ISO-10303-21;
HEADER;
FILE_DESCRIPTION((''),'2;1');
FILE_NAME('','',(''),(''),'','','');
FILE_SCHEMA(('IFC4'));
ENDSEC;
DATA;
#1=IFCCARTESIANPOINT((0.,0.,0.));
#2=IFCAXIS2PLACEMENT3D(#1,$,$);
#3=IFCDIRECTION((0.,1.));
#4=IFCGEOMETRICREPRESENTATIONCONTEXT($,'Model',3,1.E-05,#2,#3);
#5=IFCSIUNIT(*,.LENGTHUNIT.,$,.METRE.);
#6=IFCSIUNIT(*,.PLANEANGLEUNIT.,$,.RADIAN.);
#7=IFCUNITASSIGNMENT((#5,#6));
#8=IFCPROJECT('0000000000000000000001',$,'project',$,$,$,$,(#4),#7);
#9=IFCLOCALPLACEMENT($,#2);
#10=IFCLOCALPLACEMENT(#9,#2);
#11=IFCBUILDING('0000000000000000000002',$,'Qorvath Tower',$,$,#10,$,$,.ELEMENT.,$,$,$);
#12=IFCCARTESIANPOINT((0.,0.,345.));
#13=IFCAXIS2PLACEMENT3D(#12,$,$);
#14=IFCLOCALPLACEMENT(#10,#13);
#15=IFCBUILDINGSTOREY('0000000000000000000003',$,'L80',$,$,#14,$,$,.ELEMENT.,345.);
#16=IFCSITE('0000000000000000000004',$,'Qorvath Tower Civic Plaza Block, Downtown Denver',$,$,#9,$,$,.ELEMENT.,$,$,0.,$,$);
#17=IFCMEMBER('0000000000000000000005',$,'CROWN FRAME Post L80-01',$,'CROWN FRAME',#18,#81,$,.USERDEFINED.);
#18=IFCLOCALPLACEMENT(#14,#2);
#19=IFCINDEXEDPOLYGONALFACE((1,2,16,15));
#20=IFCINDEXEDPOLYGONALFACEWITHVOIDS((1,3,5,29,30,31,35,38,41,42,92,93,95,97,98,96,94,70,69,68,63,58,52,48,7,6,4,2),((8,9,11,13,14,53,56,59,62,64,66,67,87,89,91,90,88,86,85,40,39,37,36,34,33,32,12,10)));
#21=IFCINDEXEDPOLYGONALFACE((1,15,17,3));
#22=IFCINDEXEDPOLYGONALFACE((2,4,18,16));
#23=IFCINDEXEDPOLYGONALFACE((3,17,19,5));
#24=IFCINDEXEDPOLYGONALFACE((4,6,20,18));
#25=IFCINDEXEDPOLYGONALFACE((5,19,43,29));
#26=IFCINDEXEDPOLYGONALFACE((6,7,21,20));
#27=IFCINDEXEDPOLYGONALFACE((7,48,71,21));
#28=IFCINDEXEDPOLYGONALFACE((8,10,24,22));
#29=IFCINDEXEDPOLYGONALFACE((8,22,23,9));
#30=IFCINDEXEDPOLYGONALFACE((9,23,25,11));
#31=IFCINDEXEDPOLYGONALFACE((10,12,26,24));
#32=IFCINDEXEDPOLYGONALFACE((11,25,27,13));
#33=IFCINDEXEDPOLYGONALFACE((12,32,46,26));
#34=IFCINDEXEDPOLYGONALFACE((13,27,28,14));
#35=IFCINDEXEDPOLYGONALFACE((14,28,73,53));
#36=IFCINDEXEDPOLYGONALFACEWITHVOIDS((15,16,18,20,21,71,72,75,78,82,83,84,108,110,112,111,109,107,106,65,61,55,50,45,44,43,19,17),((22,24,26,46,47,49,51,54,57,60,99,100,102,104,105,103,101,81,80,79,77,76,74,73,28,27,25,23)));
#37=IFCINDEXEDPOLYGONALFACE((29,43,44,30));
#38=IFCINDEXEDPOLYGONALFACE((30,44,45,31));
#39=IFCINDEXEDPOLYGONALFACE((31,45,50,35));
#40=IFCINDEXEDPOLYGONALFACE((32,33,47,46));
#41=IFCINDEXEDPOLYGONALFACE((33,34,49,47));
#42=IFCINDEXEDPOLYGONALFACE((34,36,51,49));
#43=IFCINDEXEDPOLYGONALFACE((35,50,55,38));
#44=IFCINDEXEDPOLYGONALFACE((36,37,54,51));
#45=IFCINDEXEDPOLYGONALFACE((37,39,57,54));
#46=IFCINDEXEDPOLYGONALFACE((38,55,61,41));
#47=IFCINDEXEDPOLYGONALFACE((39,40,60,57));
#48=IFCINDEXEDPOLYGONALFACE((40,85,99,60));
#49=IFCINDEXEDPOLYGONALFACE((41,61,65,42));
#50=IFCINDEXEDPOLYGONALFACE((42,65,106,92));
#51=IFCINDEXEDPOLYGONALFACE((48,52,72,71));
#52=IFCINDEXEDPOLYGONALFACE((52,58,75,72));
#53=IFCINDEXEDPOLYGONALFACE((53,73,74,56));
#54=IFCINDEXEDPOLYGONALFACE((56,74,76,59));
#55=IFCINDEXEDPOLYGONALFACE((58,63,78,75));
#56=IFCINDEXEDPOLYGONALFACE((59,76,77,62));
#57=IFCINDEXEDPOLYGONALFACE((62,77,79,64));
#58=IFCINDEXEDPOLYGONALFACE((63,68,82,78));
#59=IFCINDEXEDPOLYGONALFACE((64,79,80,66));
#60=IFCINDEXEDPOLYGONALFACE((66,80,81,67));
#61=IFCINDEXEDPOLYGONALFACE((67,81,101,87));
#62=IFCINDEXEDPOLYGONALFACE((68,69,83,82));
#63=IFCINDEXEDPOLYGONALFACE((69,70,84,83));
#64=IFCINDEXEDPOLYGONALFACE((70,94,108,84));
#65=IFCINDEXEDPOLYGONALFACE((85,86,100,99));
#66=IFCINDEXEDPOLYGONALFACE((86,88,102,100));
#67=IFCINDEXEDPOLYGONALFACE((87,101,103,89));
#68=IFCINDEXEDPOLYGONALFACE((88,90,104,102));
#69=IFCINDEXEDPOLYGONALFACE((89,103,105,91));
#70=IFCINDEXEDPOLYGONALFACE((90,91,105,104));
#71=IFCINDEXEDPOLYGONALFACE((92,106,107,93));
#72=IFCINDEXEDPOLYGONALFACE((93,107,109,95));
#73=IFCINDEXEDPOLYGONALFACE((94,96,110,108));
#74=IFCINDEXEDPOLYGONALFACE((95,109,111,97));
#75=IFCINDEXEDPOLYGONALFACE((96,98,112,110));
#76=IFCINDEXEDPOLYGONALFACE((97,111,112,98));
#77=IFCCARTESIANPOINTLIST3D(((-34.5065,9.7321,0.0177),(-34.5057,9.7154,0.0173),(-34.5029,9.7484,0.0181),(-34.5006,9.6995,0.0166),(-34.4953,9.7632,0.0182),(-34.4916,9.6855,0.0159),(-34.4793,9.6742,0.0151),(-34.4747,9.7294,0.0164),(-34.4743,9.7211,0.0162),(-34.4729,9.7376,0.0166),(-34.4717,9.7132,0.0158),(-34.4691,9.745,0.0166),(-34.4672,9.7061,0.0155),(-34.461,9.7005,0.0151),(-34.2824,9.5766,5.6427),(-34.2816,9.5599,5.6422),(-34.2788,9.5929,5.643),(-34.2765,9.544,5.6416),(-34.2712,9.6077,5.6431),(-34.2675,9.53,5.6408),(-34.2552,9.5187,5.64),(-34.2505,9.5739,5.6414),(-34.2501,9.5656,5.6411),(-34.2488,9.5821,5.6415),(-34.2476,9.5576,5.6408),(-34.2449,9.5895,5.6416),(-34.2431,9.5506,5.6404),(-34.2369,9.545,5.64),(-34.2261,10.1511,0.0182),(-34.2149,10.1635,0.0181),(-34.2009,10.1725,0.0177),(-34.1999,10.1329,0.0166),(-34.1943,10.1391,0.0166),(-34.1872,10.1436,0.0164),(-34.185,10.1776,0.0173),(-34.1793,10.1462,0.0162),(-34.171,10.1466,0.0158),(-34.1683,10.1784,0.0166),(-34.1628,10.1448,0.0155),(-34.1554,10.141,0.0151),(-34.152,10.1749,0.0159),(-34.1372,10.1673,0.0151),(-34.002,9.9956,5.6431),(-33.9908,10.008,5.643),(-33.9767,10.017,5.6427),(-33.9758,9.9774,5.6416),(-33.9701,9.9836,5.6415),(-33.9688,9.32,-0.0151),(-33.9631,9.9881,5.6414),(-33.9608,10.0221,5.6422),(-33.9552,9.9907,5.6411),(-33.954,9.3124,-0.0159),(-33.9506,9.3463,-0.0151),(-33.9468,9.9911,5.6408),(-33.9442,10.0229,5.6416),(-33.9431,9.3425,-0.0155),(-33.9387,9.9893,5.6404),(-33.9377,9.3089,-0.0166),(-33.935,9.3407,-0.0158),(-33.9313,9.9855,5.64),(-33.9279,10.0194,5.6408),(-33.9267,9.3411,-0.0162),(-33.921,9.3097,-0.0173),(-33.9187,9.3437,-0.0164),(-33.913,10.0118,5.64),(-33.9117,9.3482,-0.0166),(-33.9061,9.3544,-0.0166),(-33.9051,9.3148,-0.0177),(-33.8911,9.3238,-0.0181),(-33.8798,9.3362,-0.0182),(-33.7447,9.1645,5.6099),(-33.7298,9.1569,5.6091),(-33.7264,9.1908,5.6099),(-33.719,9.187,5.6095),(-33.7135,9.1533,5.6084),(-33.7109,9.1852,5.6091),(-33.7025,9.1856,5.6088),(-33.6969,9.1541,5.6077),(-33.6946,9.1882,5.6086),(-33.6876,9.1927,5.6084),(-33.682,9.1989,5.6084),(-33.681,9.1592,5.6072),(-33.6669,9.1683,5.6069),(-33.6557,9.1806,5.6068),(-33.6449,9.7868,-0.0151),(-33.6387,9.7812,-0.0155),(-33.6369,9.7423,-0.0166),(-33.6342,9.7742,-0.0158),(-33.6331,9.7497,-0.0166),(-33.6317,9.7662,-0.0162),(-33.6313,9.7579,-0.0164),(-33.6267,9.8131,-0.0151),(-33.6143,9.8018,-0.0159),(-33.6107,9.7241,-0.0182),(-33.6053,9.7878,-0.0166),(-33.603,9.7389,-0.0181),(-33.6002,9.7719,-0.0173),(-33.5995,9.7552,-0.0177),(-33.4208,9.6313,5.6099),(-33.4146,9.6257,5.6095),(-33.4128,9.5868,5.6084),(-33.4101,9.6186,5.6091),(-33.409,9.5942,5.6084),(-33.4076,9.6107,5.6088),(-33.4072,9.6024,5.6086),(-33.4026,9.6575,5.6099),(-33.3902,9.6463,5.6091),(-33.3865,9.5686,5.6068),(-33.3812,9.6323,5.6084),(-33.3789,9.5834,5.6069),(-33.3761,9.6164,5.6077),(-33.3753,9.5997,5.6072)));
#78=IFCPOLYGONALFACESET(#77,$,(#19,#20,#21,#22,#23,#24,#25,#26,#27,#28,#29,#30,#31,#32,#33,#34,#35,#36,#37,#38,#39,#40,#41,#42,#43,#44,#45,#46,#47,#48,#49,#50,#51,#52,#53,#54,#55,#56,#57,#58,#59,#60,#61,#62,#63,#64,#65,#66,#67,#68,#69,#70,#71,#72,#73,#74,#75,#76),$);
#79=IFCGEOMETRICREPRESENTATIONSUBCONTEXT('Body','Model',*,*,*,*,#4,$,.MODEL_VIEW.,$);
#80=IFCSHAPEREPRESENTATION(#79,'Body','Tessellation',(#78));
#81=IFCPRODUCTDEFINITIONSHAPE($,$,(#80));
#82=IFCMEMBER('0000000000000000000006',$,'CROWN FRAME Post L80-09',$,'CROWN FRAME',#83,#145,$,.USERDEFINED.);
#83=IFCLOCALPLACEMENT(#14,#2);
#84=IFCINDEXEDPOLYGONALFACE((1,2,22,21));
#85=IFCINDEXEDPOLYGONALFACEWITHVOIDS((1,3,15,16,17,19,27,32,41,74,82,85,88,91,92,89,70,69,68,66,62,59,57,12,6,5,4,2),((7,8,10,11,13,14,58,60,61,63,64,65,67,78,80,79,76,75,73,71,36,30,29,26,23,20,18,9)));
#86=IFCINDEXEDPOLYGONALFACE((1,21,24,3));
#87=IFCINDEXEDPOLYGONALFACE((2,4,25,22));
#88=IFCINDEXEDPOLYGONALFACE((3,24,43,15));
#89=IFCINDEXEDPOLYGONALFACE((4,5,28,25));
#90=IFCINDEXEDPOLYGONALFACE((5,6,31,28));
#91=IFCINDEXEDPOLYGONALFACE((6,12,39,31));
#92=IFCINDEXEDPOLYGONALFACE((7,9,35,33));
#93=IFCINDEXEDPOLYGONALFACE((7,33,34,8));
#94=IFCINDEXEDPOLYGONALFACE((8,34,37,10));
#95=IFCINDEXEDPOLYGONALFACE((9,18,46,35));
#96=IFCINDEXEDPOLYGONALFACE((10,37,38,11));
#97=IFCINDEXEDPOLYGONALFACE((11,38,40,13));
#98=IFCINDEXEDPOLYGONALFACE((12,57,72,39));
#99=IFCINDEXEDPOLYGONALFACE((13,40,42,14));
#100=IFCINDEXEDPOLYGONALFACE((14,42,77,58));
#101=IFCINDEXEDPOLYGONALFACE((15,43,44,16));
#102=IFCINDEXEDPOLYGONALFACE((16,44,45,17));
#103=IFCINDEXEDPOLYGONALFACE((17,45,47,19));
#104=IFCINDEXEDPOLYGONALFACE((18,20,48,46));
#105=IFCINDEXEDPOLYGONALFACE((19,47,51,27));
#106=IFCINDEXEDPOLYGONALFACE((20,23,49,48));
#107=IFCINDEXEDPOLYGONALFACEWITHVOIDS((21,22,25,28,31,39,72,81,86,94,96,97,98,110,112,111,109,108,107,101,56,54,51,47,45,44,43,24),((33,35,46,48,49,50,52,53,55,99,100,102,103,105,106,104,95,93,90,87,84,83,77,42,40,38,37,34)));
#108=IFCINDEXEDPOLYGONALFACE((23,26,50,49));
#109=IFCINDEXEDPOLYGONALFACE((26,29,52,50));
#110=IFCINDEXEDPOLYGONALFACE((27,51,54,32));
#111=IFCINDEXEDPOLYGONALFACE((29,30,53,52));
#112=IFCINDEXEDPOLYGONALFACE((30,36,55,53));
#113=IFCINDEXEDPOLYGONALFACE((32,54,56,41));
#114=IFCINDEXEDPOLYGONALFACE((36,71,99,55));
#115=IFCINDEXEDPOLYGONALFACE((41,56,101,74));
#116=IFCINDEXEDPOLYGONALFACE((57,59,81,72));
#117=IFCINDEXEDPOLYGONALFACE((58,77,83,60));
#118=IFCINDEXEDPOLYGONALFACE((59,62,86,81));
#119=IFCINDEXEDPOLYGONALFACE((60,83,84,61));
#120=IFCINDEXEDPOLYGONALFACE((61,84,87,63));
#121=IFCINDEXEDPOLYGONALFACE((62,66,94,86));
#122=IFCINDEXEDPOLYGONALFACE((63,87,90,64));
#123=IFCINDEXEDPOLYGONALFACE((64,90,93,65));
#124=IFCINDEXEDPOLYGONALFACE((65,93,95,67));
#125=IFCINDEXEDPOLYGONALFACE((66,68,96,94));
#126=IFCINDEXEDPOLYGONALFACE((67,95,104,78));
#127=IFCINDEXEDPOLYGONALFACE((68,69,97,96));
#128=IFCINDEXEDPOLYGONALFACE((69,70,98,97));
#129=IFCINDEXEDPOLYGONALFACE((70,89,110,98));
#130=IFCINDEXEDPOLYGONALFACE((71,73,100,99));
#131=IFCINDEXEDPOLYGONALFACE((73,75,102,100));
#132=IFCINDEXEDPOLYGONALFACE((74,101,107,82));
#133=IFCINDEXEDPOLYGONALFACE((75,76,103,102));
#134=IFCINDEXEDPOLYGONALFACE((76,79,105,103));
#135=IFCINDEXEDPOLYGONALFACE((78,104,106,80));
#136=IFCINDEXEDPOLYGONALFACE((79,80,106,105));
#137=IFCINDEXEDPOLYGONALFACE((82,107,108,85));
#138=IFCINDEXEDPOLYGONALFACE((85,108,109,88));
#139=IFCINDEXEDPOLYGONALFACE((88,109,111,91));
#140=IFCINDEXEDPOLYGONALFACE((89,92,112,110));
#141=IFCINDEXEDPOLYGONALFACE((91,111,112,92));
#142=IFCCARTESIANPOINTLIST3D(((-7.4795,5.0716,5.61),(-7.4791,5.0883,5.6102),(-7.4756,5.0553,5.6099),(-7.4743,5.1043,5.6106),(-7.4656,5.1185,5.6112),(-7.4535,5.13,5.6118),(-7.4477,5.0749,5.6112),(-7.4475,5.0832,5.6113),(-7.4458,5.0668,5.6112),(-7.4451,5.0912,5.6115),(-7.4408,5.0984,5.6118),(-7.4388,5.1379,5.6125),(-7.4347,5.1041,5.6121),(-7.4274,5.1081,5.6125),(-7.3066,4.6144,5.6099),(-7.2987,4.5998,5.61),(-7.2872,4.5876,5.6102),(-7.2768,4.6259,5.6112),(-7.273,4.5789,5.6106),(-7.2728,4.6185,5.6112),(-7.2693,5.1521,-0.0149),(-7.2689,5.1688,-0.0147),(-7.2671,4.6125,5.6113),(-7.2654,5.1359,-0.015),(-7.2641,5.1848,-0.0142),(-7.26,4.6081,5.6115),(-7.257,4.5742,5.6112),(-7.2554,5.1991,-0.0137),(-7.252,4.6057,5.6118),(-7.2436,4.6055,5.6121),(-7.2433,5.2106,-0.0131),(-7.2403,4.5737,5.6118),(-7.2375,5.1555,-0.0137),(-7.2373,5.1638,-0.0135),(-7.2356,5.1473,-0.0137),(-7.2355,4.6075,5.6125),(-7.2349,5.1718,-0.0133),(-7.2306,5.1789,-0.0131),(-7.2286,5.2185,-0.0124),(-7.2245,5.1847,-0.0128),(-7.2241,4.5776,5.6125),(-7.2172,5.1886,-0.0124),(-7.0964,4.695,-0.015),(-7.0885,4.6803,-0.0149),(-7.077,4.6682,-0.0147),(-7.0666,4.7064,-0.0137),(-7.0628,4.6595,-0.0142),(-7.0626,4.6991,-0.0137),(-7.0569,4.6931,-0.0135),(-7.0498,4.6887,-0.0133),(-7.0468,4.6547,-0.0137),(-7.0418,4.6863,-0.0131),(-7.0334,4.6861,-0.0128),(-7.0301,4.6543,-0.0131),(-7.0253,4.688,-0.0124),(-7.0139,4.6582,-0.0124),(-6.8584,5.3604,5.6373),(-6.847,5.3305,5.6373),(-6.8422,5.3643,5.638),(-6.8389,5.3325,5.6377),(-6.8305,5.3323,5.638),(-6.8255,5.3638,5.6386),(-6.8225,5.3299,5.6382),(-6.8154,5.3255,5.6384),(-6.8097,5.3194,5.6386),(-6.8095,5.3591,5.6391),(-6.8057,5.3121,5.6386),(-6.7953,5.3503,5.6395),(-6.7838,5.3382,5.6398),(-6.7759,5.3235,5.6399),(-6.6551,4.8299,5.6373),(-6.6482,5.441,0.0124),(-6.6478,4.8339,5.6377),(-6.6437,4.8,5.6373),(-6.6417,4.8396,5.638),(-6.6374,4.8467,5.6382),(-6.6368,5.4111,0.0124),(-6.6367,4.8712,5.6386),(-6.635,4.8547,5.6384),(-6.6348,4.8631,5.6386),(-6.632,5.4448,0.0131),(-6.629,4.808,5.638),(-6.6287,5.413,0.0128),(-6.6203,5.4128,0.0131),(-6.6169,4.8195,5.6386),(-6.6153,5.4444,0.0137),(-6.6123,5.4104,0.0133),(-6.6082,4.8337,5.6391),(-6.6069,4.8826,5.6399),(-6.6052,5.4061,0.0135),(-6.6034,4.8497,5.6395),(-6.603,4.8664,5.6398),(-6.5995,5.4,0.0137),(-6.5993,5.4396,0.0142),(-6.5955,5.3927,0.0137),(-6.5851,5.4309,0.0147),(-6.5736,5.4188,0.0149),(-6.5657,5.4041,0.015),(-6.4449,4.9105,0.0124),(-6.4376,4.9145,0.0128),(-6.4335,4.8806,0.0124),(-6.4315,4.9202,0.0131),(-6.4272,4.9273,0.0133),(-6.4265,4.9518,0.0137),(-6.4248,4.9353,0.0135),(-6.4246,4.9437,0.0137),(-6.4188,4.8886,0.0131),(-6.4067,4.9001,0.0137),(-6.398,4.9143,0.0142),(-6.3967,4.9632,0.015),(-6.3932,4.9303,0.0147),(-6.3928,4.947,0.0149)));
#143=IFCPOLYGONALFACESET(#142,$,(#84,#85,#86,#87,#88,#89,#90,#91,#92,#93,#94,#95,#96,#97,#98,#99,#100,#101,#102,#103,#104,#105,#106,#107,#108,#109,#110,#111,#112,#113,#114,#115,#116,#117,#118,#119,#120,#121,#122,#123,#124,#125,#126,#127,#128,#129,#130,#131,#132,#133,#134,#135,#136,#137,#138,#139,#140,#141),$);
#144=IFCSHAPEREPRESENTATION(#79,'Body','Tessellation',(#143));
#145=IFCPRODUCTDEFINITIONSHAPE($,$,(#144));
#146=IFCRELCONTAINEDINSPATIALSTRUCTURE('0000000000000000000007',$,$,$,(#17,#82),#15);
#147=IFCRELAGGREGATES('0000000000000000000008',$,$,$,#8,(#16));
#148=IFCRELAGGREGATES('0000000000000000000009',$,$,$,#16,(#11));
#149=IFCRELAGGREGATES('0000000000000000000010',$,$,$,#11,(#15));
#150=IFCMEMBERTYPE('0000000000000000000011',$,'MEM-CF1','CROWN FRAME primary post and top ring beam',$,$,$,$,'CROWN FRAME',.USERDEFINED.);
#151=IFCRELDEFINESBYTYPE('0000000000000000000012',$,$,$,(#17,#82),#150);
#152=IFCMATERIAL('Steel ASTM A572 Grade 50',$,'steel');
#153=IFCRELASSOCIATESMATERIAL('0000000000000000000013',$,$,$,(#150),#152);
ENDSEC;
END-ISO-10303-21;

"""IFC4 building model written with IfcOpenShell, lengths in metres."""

from ifc_helpers import new_model, si_unit, direction, frame, origin, origin_2d, place, context, subcontext, project, spatial, hollow_rectangle, extrude, material, material_profile, profile_set, type_object, element, save


model = new_model("IFC4")

# Units and contexts
model_context = context("Model", 3, precision=1e-05, world=origin(), true_north=direction((0.0, 1.0)))
body_context = subcontext(model_context, "Body", "Model", "MODEL_VIEW")
ifc_project = project(units=[si_unit("LENGTHUNIT", "METRE"), si_unit("PLANEANGLEUNIT", "RADIAN")], contexts=[model_context])

# Site, building, storey
site_placement = place(None, origin())
site = spatial("IfcSite", under=ifc_project, at=site_placement, Name="Qorvath Tower Civic Plaza Block, Downtown Denver", CompositionType="ELEMENT", RefElevation=0.0)
building_placement = place(site_placement, origin())
building = spatial("IfcBuilding", under=site, at=building_placement, Name="Qorvath Tower", CompositionType="ELEMENT")
storey_placement = place(building_placement, frame((0.0, 0.0, 345.0)))
storey = spatial("IfcBuildingStorey", under=building, at=storey_placement, Name="L80", CompositionType="ELEMENT", Elevation=345.0)

# Members
ifc_material_1 = material(Name="Steel ASTM A572 Grade 50", Category="steel")
ifc_material_profile_1 = material_profile(ifc_material_1, hollow_rectangle(XDim=0.6001, YDim=0.75, WallThickness=0.032, InnerFilletRadius=0.032, OuterFilletRadius=0.064, at=origin_2d()), Name="CROWN BOX 750x600x32")
ifc_profile_set_1 = profile_set([ifc_material_profile_1], Name="Steel ASTM A572 Grade 50")
member_type_1 = type_object("IfcMemberType", Name="MEM-CF1", Description="CROWN FRAME primary post and top ring beam", ElementType="CROWN FRAME", PredefinedType="USERDEFINED", material=ifc_profile_set_1)
member_1_placement = place(storey_placement, frame((-34.053, 9.7437, 0.0), z_axis=(0.039797, -0.027615, 0.998826), x_axis=(0.570094, 0.82158, 0.0)))
element("IfcMember", 1, at=member_1_placement, inside=storey, type_object=member_type_1, Name="CROWN FRAME Post L80-01", ObjectType="CROWN FRAME", PredefinedType="USERDEFINED", context=body_context, shape_type="SweptSolid", body=[
    extrude(hollow_rectangle(XDim=0.6001, YDim=0.75, WallThickness=0.032, InnerFilletRadius=0.032, OuterFilletRadius=0.064, at=origin_2d()), origin(), (0.0, 0.0, 1.0), 5.6316),
])
member_2_placement = place(storey_placement, frame((-6.8311, 5.0496, 0.0), z_axis=(-0.03734, -0.014311, 0.9992), x_axis=(0.357889, -0.933764, 0.0)))
element("IfcMember", 2, at=member_2_placement, inside=storey, type_object=member_type_1, Name="CROWN FRAME Post L80-09", ObjectType="CROWN FRAME", PredefinedType="USERDEFINED", context=body_context, shape_type="SweptSolid", body=[
    extrude(hollow_rectangle(XDim=0.6001, YDim=0.75, WallThickness=0.032, InnerFilletRadius=0.032, OuterFilletRadius=0.064, at=origin_2d()), origin(), (0.0, 0.0, 1.0), 5.6294),
])

save(model, "model.ifc")
